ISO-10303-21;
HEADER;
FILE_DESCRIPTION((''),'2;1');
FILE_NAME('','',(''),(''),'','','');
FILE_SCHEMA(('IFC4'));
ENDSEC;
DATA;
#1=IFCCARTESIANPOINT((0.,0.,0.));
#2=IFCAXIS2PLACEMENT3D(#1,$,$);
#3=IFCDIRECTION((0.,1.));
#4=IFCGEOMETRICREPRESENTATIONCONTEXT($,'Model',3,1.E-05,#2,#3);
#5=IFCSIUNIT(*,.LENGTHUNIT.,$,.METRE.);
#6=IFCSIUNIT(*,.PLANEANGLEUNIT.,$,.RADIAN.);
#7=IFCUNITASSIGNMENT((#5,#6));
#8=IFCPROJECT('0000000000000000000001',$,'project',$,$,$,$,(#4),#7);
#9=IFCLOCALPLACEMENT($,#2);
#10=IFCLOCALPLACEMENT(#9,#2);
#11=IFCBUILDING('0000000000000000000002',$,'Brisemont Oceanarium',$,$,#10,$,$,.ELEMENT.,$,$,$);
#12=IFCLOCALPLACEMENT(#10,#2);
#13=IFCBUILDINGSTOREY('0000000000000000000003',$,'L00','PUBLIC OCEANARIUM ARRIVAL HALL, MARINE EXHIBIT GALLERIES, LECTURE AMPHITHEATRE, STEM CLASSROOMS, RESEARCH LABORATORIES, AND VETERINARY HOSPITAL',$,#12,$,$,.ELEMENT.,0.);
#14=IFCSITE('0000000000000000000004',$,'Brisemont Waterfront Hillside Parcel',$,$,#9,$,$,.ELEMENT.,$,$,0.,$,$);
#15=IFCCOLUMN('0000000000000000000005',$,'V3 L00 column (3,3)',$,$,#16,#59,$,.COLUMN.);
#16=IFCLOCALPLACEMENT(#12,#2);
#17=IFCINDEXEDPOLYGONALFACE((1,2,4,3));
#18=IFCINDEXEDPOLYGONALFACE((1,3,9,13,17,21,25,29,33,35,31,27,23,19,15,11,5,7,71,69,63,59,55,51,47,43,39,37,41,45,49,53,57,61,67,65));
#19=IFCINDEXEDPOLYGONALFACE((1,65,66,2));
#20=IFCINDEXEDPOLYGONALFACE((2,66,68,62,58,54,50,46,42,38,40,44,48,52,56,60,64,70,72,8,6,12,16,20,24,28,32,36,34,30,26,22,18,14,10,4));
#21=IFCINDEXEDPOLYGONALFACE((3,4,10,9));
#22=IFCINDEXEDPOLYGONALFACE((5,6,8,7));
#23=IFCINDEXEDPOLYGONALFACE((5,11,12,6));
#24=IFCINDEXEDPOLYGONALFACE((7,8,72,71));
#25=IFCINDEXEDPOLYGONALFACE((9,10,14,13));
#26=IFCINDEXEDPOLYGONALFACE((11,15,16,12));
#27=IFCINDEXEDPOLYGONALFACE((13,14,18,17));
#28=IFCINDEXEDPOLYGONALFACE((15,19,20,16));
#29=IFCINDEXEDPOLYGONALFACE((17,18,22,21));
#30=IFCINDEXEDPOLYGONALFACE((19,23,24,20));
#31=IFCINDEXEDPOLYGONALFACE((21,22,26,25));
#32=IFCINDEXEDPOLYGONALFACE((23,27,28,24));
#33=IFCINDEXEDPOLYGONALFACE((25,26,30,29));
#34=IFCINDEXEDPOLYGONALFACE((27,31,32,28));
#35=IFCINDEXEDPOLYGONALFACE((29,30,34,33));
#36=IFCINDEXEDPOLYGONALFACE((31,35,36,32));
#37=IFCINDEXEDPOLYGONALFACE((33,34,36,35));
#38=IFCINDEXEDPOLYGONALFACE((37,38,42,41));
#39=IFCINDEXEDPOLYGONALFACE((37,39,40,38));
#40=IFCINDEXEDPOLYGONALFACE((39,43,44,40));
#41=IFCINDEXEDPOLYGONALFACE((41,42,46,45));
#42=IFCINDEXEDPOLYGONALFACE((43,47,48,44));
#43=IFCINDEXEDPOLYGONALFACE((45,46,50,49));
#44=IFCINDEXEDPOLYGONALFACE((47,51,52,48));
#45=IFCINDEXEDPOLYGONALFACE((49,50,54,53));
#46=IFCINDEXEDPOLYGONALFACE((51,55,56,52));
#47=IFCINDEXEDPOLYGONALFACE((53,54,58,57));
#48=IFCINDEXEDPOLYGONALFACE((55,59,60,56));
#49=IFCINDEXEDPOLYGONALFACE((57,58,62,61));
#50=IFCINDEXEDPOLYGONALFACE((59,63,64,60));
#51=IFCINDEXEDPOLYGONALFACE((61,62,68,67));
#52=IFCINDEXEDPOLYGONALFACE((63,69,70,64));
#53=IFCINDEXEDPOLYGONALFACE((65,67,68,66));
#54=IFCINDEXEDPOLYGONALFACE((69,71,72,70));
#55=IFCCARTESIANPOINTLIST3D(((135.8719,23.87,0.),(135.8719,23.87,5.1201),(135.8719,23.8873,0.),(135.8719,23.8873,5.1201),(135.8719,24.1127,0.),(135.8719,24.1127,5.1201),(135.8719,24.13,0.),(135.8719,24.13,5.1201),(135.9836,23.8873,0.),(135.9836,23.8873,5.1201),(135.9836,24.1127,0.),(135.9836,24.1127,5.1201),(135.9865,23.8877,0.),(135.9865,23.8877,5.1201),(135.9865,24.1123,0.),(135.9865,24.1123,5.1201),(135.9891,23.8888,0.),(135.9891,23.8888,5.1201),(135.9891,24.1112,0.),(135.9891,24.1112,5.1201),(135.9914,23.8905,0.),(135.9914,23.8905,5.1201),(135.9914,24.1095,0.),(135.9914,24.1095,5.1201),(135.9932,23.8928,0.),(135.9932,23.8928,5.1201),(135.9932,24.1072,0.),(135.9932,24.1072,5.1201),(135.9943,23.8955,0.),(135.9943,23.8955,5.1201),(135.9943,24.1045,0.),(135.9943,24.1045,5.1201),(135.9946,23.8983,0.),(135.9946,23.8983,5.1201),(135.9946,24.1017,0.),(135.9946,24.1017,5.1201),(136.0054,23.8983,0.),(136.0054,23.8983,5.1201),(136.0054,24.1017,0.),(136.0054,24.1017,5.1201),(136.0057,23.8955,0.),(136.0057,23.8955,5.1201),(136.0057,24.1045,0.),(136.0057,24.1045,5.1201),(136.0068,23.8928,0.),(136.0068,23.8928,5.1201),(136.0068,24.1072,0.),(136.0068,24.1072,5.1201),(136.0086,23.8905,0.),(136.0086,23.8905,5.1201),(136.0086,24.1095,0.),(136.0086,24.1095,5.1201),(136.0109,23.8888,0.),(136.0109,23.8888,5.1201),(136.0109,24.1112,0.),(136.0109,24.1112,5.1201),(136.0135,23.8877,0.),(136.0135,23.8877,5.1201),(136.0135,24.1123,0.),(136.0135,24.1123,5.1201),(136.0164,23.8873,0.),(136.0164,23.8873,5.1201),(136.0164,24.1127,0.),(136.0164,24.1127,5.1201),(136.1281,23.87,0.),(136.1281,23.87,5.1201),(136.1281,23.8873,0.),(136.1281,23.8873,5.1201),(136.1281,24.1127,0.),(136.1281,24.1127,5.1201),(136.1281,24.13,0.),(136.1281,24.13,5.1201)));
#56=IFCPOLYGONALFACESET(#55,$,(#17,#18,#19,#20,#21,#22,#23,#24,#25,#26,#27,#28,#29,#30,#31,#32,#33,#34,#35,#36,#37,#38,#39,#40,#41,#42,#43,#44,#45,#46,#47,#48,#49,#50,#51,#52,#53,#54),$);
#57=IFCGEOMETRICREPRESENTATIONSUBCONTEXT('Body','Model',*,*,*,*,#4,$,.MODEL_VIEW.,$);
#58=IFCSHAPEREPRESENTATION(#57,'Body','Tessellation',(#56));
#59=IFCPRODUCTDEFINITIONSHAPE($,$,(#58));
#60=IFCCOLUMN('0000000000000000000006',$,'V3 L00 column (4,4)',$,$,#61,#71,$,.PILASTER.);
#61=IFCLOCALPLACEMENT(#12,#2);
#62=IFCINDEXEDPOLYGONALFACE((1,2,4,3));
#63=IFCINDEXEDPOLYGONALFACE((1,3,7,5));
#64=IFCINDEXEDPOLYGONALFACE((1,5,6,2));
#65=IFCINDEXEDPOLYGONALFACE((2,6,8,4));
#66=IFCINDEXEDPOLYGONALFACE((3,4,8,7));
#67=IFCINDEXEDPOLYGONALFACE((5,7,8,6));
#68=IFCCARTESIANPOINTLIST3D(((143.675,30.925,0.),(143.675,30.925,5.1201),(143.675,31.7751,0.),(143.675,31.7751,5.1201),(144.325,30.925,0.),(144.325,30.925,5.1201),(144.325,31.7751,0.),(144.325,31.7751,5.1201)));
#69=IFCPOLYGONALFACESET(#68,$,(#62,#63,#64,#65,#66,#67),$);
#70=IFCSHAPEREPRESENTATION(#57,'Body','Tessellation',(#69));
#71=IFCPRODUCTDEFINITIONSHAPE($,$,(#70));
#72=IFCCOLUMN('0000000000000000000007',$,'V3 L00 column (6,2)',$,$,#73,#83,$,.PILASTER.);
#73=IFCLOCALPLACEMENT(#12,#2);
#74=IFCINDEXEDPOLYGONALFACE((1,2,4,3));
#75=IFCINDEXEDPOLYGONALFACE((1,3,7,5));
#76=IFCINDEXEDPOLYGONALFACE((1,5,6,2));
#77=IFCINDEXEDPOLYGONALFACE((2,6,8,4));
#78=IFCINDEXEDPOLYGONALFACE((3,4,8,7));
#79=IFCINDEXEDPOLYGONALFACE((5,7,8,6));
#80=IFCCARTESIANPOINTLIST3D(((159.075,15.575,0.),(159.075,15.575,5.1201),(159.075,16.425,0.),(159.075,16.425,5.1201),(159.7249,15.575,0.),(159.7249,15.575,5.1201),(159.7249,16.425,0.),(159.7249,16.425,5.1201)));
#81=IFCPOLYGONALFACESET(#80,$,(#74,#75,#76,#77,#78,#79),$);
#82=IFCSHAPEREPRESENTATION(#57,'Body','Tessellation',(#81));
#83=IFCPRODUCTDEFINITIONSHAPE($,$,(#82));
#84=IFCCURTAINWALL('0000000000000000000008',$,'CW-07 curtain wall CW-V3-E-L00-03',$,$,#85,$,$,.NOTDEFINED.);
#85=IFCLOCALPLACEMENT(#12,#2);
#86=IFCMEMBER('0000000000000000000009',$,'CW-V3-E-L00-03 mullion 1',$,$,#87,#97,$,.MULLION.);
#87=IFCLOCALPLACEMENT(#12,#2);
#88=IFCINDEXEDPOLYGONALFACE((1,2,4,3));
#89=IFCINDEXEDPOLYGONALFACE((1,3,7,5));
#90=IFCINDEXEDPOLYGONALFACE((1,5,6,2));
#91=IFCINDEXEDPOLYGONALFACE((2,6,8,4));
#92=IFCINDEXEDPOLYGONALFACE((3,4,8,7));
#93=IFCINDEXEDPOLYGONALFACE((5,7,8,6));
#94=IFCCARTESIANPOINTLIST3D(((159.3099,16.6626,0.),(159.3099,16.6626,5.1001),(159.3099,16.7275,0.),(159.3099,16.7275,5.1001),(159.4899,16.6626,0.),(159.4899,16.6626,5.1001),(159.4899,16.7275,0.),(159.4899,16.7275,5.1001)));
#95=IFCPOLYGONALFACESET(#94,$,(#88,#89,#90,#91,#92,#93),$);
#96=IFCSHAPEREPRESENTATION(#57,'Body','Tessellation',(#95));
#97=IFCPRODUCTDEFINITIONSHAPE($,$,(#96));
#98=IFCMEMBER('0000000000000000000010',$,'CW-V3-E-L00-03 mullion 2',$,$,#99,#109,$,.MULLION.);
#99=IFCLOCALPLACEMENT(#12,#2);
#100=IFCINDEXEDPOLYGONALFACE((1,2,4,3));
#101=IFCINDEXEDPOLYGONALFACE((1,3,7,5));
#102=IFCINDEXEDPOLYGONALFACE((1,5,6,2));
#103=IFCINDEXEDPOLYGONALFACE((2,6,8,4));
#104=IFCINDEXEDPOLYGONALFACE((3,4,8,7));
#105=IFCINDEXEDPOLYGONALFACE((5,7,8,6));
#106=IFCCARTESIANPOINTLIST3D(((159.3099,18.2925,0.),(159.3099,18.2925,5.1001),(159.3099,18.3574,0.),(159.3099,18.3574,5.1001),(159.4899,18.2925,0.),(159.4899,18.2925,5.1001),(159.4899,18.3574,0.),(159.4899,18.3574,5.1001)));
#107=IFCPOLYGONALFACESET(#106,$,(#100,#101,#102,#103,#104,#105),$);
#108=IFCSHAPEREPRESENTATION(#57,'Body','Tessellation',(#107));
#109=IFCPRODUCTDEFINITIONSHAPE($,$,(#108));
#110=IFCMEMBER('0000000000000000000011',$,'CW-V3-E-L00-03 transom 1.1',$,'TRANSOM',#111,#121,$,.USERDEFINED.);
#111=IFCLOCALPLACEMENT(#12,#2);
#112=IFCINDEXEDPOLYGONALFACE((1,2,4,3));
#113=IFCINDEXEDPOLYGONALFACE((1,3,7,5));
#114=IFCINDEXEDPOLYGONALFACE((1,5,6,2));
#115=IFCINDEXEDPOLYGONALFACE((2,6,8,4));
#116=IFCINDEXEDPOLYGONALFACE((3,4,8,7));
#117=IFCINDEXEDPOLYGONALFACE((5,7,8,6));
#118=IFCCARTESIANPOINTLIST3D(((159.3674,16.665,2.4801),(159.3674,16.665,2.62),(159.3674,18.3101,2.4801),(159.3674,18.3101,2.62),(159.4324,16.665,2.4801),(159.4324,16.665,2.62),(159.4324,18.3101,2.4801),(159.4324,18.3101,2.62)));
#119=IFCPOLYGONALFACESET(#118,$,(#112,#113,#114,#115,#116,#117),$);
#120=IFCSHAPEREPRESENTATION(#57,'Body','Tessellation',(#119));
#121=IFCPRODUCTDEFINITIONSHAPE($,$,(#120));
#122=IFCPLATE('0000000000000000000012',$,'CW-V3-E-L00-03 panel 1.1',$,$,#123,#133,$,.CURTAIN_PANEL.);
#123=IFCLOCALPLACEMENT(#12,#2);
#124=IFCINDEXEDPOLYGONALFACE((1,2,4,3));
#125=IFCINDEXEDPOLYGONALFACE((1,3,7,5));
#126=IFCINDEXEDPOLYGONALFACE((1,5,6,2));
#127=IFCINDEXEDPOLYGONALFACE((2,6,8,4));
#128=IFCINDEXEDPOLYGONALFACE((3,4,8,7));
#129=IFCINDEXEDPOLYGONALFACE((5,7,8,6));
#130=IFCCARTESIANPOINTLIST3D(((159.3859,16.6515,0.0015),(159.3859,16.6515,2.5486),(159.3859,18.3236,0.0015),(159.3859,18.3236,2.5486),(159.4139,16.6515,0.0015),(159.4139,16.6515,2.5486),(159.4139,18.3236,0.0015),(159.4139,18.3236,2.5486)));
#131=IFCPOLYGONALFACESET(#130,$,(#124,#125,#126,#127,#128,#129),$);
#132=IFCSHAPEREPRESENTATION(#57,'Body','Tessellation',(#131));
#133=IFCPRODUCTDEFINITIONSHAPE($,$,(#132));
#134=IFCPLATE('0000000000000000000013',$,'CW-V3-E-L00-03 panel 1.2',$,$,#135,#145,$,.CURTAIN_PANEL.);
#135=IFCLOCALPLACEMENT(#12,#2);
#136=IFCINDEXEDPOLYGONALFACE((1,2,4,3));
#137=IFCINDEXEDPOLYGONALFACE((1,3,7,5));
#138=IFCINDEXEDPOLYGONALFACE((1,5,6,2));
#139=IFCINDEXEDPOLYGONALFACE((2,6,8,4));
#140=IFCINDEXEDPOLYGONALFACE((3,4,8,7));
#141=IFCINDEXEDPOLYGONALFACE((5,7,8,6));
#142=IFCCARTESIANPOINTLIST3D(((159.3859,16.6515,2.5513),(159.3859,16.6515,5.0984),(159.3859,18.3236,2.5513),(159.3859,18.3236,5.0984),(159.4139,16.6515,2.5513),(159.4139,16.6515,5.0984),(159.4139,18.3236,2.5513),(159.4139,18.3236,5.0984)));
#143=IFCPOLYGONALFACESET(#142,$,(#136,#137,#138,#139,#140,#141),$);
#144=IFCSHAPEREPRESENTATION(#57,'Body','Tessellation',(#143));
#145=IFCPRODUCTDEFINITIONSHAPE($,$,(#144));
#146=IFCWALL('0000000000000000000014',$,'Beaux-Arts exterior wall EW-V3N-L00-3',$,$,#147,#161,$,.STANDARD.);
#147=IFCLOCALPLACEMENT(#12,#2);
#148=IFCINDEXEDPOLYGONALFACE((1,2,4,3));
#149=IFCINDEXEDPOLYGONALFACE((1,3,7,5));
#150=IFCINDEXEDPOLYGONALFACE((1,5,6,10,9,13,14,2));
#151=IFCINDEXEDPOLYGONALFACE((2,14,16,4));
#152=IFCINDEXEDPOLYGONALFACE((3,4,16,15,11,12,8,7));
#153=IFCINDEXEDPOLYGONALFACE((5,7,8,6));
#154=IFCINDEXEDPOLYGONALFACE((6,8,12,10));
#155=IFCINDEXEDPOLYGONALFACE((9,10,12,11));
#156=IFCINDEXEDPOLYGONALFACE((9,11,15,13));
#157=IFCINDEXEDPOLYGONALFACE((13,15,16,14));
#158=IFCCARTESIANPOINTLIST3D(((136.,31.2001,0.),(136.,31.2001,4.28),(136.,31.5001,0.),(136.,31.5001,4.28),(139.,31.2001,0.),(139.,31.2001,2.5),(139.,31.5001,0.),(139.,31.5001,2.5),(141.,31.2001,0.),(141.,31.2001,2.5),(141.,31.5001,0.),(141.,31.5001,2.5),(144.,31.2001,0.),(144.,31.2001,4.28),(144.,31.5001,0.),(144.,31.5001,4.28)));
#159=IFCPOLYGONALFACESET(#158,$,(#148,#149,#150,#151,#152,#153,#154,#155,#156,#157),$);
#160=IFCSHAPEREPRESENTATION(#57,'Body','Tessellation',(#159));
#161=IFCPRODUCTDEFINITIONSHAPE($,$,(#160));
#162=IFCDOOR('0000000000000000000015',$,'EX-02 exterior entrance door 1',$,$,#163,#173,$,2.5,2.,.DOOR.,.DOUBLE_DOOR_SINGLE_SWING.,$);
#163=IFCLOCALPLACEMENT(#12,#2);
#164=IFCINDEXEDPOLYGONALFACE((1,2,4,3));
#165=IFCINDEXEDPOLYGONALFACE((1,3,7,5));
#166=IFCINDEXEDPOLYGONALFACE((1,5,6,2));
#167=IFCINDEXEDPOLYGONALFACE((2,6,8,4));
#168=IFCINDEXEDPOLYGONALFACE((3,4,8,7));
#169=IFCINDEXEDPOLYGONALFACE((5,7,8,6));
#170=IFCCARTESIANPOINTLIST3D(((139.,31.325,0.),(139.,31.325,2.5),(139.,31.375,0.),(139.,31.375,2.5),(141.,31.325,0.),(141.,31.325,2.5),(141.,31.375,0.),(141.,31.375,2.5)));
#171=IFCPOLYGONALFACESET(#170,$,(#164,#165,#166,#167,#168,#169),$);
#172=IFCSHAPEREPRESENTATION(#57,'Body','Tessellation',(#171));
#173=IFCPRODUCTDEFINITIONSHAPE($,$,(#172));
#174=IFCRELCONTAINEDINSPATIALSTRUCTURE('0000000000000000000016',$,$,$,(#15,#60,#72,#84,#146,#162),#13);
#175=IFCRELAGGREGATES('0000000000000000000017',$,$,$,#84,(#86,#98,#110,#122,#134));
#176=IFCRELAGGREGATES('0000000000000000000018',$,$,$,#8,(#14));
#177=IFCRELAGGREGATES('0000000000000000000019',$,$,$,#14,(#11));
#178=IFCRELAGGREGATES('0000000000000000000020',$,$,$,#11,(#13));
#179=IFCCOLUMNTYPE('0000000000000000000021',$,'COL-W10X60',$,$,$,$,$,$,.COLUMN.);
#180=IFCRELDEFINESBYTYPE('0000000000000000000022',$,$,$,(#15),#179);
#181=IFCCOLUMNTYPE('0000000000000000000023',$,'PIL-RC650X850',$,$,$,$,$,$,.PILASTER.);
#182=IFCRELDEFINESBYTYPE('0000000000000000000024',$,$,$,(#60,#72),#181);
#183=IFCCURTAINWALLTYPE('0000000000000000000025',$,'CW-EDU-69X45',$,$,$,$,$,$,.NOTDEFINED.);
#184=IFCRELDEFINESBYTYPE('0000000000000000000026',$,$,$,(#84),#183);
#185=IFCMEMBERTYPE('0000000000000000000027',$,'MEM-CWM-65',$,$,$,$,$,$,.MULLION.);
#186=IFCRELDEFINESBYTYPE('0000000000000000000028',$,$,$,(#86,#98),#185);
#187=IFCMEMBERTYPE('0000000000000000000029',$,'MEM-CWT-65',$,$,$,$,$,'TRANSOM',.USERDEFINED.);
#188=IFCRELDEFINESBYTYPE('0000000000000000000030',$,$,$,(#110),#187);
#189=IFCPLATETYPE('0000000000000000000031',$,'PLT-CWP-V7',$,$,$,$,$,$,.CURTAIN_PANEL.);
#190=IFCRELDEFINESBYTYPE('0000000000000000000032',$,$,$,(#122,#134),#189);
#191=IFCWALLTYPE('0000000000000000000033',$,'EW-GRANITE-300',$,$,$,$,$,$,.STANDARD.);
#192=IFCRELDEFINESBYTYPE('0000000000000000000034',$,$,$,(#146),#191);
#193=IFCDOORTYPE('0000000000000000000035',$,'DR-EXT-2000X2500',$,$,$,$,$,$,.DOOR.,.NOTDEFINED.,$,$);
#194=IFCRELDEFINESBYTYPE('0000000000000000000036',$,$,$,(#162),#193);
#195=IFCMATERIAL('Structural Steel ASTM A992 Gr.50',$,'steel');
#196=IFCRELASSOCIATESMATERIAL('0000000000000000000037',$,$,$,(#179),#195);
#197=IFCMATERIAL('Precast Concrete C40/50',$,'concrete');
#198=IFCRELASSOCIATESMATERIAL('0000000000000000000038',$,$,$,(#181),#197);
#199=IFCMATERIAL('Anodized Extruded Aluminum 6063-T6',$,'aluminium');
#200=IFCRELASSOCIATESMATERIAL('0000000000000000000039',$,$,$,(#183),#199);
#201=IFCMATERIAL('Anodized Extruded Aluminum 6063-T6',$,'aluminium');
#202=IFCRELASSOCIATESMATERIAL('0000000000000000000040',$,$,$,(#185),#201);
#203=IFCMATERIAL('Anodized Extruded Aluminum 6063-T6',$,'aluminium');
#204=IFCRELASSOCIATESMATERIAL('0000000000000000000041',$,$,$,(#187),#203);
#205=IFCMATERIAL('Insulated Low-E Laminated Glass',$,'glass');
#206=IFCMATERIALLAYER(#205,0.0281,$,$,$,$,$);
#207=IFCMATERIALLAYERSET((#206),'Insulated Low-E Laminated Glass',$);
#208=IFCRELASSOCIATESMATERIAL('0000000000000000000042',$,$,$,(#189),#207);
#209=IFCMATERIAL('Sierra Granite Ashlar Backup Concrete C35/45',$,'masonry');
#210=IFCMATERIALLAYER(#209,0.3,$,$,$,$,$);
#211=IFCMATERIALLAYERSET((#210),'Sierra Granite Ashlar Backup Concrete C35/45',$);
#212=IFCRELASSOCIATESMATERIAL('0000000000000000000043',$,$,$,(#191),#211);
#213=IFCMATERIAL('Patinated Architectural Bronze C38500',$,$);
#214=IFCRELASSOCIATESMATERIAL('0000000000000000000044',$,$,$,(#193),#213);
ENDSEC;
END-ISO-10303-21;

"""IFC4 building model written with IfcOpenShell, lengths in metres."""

from ifc_helpers import new_model, si_unit, direction, frame, frame_2d, origin, origin_2d, place, context, subcontext, project, spatial, rectangle, i_section, extrude, material, layer, layer_set, material_profile, profile_set, type_object, element, fill, aggregate, save


model = new_model("IFC4")

# Units and contexts
model_context = context("Model", 3, precision=1e-05, world=origin(), true_north=direction((0.0, 1.0)))
body_context = subcontext(model_context, "Body", "Model", "MODEL_VIEW")
ifc_project = project(units=[si_unit("LENGTHUNIT", "METRE"), si_unit("PLANEANGLEUNIT", "RADIAN")], contexts=[model_context])

# Site, building, storey
site_placement = place(None, origin())
site = spatial("IfcSite", under=ifc_project, at=site_placement, Name="Brisemont Waterfront Hillside Parcel", CompositionType="ELEMENT", RefElevation=0.0)
building_placement = place(site_placement, origin())
building = spatial("IfcBuilding", under=site, at=building_placement, Name="Brisemont Oceanarium", CompositionType="ELEMENT")
storey_placement = place(building_placement, origin())
storey = spatial("IfcBuildingStorey", under=building, at=storey_placement, Name="L00", Description="PUBLIC OCEANARIUM ARRIVAL HALL, MARINE EXHIBIT GALLERIES, LECTURE AMPHITHEATRE, STEM CLASSROOMS, RESEARCH LABORATORIES, AND VETERINARY HOSPITAL", CompositionType="ELEMENT", Elevation=0.0)

# Columns
ifc_material_1 = material(Name="Structural Steel ASTM A992 Gr.50", Category="steel")
ifc_material_profile_1 = material_profile(ifc_material_1, i_section(OverallWidth=0.2561, OverallDepth=0.26, WebThickness=0.0107, FlangeThickness=0.0173, FilletRadius=0.011, at=origin_2d()), Name="W10X60")
ifc_profile_set_1 = profile_set([ifc_material_profile_1], Name="Structural Steel ASTM A992 Gr.50")
column_type_1 = type_object("IfcColumnType", Name="COL-W10X60", PredefinedType="COLUMN", material=ifc_profile_set_1)
column_1_placement = place(storey_placement, frame((136.0, 24.0, 0.0), z_axis=(0.0, 0.0, 1.0), x_axis=(1.0, 0.0, 0.0)))
element("IfcColumn", 1, at=column_1_placement, inside=storey, type_object=column_type_1, Name="V3 L00 column (3,3)", PredefinedType="COLUMN", context=body_context, shape_type="SweptSolid", body=[
    extrude(i_section(OverallWidth=0.2561, OverallDepth=0.26, WebThickness=0.0107, FlangeThickness=0.0173, FilletRadius=0.011, at=origin_2d()), origin(), (0.0, 0.0, 1.0), 5.1201),
])
ifc_material_2 = material(Name="Precast Concrete C40/50", Category="concrete")
ifc_material_profile_2 = material_profile(ifc_material_2, rectangle(XDim=0.6499, YDim=0.8501, at=origin_2d()), Name="RC-PIL-650X850")
ifc_profile_set_2 = profile_set([ifc_material_profile_2], Name="Precast Concrete C40/50")
column_type_2 = type_object("IfcColumnType", Name="PIL-RC650X850", PredefinedType="PILASTER", material=ifc_profile_set_2)
for number, where, z_axis, x_axis, name in (
    (2, (144.0, 31.3501, 0.0), (0.0, 0.0, 1.0), (1.0, 0.0, 0.0), "V3 L00 column (4,4)"),
    (3, (159.3999, 16.0, 0.0), (0.0, 0.0, 1.0), (1.0, 0.0, 0.0), "V3 L00 column (6,2)"),
):
    element("IfcColumn", number, at=place(storey_placement, frame(where, z_axis=z_axis, x_axis=x_axis)), inside=storey, type_object=column_type_2, Name=name, PredefinedType="PILASTER", context=body_context, shape_type="SweptSolid", body=[
        extrude(rectangle(XDim=0.6499, YDim=0.8501, at=origin_2d()), origin(), (0.0, 0.0, 1.0), 5.1201),
    ])

# Curtain wall, members, plates
ifc_material_3 = material(Name="Anodized Extruded Aluminum 6063-T6", Category="aluminium")
curtain_wall_type = type_object("IfcCurtainWallType", Name="CW-EDU-69X45", PredefinedType="NOTDEFINED", material=ifc_material_3)
curtain_wall_placement = place(storey_placement, origin())
curtain_wall = element("IfcCurtainWall", 4, at=curtain_wall_placement, inside=storey, type_object=curtain_wall_type, Name="CW-07 curtain wall CW-V3-E-L00-03", PredefinedType="NOTDEFINED")
ifc_material_4 = material(Name="Anodized Extruded Aluminum 6063-T6", Category="aluminium")
ifc_material_profile_3 = material_profile(ifc_material_4, rectangle(XDim=0.0649, YDim=0.1799, at=origin_2d()), Name="CWM-65X180")
ifc_profile_set_3 = profile_set([ifc_material_profile_3], Name="Anodized Extruded Aluminum 6063-T6")
member_type_1 = type_object("IfcMemberType", Name="MEM-CWM-65", PredefinedType="MULLION", material=ifc_profile_set_3)
member_1_placement = place(storey_placement, frame((159.3999, 16.6951, 0.0), z_axis=(0.0, 0.0, 1.0), x_axis=(0.0, 1.0, 0.0)))
member_1 = element("IfcMember", 5, at=member_1_placement, type_object=member_type_1, Name="CW-V3-E-L00-03 mullion 1", PredefinedType="MULLION", context=body_context, shape_type="SweptSolid", body=[
    extrude(rectangle(XDim=0.0649, YDim=0.1799, at=origin_2d()), origin(), (0.0, 0.0, 1.0), 5.1001),
])
member_2_placement = place(storey_placement, frame((159.3999, 18.325, 0.0), z_axis=(0.0, 0.0, 1.0), x_axis=(0.0, 1.0, 0.0)))
member_2 = element("IfcMember", 6, at=member_2_placement, type_object=member_type_1, Name="CW-V3-E-L00-03 mullion 2", PredefinedType="MULLION", context=body_context, shape_type="SweptSolid", body=[
    extrude(rectangle(XDim=0.0649, YDim=0.1799, at=origin_2d()), origin(), (0.0, 0.0, 1.0), 5.1001),
])
ifc_material_5 = material(Name="Anodized Extruded Aluminum 6063-T6", Category="aluminium")
ifc_material_profile_4 = material_profile(ifc_material_5, rectangle(XDim=0.0649, YDim=0.1399, at=origin_2d()), Name="CWT-65X140")
ifc_profile_set_4 = profile_set([ifc_material_profile_4], Name="Anodized Extruded Aluminum 6063-T6")
member_type_2 = type_object("IfcMemberType", Name="MEM-CWT-65", ElementType="TRANSOM", PredefinedType="USERDEFINED", material=ifc_profile_set_4)
member_3_placement = place(storey_placement, frame((159.3999, 16.665, 2.55), z_axis=(0.0, 1.0, 0.0), x_axis=(-1.0, 0.0, 0.0)))
member_3 = element("IfcMember", 7, at=member_3_placement, type_object=member_type_2, Name="CW-V3-E-L00-03 transom 1.1", ObjectType="TRANSOM", PredefinedType="USERDEFINED", context=body_context, shape_type="SweptSolid", body=[
    extrude(rectangle(XDim=0.0649, YDim=0.1399, at=origin_2d()), origin(), (0.0, 0.0, 1.0), 1.645),
])
ifc_material_6 = material(Name="Insulated Low-E Laminated Glass", Category="glass")
ifc_layer_1 = layer(ifc_material_6, 0.0281)
ifc_layer_set_1 = layer_set([ifc_layer_1], Name="Insulated Low-E Laminated Glass")
plate_type = type_object("IfcPlateType", Name="PLT-CWP-V7", PredefinedType="CURTAIN_PANEL", material=ifc_layer_set_1)
plate_1_placement = place(storey_placement, frame((159.3999, 17.4875, 0.0015), z_axis=(0.0, 0.0, 1.0), x_axis=(0.0, 1.0, 0.0)))
plate_1 = element("IfcPlate", 8, at=plate_1_placement, type_object=plate_type, Name="CW-V3-E-L00-03 panel 1.1", PredefinedType="CURTAIN_PANEL", context=body_context, shape_type="SweptSolid", body=[
    extrude(rectangle(XDim=1.6721, YDim=0.0281, at=origin_2d()), origin(), (0.0, 0.0, 1.0), 2.5471),
])
plate_2_placement = place(storey_placement, frame((159.3999, 17.4875, 2.5513), z_axis=(0.0, 0.0, 1.0), x_axis=(0.0, 1.0, 0.0)))
plate_2 = element("IfcPlate", 9, at=plate_2_placement, type_object=plate_type, Name="CW-V3-E-L00-03 panel 1.2", PredefinedType="CURTAIN_PANEL", context=body_context, shape_type="SweptSolid", body=[
    extrude(rectangle(XDim=1.6721, YDim=0.0281, at=origin_2d()), origin(), (0.0, 0.0, 1.0), 2.5471),
])
aggregate(curtain_wall, [member_1, member_2, member_3, plate_1, plate_2])

# Wall, opening, door
ifc_material_7 = material(Name="Sierra Granite Ashlar Backup Concrete C35/45", Category="masonry")
ifc_layer_2 = layer(ifc_material_7, 0.3)
ifc_layer_set_2 = layer_set([ifc_layer_2], Name="Sierra Granite Ashlar Backup Concrete C35/45")
wall_type = type_object("IfcWallType", Name="EW-GRANITE-300", PredefinedType="STANDARD", material=ifc_layer_set_2)
wall_1_placement = place(storey_placement, frame((136.0, 31.3501, 0.0), z_axis=(0.0, 0.0, 1.0), x_axis=(1.0, 0.0, 0.0)))
wall_1 = element("IfcWall", 10, at=wall_1_placement, inside=storey, type_object=wall_type, Name="Beaux-Arts exterior wall EW-V3N-L00-3", PredefinedType="STANDARD", context=body_context, shape_type="SweptSolid", body=[
    extrude(rectangle(XDim=8.0, YDim=0.3, at=frame_2d((4.0, 0.0))), origin(), (0.0, 0.0, 1.0), 4.28),
])
opening_1_placement = place(wall_1_placement, frame((3.0, 0.0, 0.0)))
opening_1 = element("IfcOpeningElement", 11, at=opening_1_placement, cuts=wall_1, PredefinedType="OPENING", context=body_context, shape_type="SweptSolid", body=[
    extrude(rectangle(XDim=2.0, YDim=2.5, at=frame_2d((1.0, 1.25))), frame((0.0, 0.1599, 0.0), z_axis=(0.0, -1.0, 0.0), x_axis=(1.0, 0.0, 0.0)), (0.0, 0.0, 1.0), 0.3201),
])
ifc_material_8 = material(Name="Patinated Architectural Bronze C38500")
door_type = type_object("IfcDoorType", Name="DR-EXT-2000X2500", OperationType="NOTDEFINED", PredefinedType="DOOR", material=ifc_material_8)
door_placement = place(opening_1_placement, origin())
door = element("IfcDoor", 12, at=door_placement, inside=storey, type_object=door_type, Name="EX-02 exterior entrance door 1", OperationType="DOUBLE_DOOR_SINGLE_SWING", OverallHeight=2.5, OverallWidth=2.0, PredefinedType="DOOR", context=body_context, shape_type="SweptSolid", body=[
    extrude(rectangle(XDim=2.0, YDim=2.5, at=frame_2d((1.0, 1.25))), frame((0.0, 0.0249, 0.0), z_axis=(0.0, -1.0, 0.0), x_axis=(1.0, 0.0, 0.0)), (0.0, 0.0, 1.0), 0.05),
])
fill(opening_1, door)

save(model, "model.ifc")
